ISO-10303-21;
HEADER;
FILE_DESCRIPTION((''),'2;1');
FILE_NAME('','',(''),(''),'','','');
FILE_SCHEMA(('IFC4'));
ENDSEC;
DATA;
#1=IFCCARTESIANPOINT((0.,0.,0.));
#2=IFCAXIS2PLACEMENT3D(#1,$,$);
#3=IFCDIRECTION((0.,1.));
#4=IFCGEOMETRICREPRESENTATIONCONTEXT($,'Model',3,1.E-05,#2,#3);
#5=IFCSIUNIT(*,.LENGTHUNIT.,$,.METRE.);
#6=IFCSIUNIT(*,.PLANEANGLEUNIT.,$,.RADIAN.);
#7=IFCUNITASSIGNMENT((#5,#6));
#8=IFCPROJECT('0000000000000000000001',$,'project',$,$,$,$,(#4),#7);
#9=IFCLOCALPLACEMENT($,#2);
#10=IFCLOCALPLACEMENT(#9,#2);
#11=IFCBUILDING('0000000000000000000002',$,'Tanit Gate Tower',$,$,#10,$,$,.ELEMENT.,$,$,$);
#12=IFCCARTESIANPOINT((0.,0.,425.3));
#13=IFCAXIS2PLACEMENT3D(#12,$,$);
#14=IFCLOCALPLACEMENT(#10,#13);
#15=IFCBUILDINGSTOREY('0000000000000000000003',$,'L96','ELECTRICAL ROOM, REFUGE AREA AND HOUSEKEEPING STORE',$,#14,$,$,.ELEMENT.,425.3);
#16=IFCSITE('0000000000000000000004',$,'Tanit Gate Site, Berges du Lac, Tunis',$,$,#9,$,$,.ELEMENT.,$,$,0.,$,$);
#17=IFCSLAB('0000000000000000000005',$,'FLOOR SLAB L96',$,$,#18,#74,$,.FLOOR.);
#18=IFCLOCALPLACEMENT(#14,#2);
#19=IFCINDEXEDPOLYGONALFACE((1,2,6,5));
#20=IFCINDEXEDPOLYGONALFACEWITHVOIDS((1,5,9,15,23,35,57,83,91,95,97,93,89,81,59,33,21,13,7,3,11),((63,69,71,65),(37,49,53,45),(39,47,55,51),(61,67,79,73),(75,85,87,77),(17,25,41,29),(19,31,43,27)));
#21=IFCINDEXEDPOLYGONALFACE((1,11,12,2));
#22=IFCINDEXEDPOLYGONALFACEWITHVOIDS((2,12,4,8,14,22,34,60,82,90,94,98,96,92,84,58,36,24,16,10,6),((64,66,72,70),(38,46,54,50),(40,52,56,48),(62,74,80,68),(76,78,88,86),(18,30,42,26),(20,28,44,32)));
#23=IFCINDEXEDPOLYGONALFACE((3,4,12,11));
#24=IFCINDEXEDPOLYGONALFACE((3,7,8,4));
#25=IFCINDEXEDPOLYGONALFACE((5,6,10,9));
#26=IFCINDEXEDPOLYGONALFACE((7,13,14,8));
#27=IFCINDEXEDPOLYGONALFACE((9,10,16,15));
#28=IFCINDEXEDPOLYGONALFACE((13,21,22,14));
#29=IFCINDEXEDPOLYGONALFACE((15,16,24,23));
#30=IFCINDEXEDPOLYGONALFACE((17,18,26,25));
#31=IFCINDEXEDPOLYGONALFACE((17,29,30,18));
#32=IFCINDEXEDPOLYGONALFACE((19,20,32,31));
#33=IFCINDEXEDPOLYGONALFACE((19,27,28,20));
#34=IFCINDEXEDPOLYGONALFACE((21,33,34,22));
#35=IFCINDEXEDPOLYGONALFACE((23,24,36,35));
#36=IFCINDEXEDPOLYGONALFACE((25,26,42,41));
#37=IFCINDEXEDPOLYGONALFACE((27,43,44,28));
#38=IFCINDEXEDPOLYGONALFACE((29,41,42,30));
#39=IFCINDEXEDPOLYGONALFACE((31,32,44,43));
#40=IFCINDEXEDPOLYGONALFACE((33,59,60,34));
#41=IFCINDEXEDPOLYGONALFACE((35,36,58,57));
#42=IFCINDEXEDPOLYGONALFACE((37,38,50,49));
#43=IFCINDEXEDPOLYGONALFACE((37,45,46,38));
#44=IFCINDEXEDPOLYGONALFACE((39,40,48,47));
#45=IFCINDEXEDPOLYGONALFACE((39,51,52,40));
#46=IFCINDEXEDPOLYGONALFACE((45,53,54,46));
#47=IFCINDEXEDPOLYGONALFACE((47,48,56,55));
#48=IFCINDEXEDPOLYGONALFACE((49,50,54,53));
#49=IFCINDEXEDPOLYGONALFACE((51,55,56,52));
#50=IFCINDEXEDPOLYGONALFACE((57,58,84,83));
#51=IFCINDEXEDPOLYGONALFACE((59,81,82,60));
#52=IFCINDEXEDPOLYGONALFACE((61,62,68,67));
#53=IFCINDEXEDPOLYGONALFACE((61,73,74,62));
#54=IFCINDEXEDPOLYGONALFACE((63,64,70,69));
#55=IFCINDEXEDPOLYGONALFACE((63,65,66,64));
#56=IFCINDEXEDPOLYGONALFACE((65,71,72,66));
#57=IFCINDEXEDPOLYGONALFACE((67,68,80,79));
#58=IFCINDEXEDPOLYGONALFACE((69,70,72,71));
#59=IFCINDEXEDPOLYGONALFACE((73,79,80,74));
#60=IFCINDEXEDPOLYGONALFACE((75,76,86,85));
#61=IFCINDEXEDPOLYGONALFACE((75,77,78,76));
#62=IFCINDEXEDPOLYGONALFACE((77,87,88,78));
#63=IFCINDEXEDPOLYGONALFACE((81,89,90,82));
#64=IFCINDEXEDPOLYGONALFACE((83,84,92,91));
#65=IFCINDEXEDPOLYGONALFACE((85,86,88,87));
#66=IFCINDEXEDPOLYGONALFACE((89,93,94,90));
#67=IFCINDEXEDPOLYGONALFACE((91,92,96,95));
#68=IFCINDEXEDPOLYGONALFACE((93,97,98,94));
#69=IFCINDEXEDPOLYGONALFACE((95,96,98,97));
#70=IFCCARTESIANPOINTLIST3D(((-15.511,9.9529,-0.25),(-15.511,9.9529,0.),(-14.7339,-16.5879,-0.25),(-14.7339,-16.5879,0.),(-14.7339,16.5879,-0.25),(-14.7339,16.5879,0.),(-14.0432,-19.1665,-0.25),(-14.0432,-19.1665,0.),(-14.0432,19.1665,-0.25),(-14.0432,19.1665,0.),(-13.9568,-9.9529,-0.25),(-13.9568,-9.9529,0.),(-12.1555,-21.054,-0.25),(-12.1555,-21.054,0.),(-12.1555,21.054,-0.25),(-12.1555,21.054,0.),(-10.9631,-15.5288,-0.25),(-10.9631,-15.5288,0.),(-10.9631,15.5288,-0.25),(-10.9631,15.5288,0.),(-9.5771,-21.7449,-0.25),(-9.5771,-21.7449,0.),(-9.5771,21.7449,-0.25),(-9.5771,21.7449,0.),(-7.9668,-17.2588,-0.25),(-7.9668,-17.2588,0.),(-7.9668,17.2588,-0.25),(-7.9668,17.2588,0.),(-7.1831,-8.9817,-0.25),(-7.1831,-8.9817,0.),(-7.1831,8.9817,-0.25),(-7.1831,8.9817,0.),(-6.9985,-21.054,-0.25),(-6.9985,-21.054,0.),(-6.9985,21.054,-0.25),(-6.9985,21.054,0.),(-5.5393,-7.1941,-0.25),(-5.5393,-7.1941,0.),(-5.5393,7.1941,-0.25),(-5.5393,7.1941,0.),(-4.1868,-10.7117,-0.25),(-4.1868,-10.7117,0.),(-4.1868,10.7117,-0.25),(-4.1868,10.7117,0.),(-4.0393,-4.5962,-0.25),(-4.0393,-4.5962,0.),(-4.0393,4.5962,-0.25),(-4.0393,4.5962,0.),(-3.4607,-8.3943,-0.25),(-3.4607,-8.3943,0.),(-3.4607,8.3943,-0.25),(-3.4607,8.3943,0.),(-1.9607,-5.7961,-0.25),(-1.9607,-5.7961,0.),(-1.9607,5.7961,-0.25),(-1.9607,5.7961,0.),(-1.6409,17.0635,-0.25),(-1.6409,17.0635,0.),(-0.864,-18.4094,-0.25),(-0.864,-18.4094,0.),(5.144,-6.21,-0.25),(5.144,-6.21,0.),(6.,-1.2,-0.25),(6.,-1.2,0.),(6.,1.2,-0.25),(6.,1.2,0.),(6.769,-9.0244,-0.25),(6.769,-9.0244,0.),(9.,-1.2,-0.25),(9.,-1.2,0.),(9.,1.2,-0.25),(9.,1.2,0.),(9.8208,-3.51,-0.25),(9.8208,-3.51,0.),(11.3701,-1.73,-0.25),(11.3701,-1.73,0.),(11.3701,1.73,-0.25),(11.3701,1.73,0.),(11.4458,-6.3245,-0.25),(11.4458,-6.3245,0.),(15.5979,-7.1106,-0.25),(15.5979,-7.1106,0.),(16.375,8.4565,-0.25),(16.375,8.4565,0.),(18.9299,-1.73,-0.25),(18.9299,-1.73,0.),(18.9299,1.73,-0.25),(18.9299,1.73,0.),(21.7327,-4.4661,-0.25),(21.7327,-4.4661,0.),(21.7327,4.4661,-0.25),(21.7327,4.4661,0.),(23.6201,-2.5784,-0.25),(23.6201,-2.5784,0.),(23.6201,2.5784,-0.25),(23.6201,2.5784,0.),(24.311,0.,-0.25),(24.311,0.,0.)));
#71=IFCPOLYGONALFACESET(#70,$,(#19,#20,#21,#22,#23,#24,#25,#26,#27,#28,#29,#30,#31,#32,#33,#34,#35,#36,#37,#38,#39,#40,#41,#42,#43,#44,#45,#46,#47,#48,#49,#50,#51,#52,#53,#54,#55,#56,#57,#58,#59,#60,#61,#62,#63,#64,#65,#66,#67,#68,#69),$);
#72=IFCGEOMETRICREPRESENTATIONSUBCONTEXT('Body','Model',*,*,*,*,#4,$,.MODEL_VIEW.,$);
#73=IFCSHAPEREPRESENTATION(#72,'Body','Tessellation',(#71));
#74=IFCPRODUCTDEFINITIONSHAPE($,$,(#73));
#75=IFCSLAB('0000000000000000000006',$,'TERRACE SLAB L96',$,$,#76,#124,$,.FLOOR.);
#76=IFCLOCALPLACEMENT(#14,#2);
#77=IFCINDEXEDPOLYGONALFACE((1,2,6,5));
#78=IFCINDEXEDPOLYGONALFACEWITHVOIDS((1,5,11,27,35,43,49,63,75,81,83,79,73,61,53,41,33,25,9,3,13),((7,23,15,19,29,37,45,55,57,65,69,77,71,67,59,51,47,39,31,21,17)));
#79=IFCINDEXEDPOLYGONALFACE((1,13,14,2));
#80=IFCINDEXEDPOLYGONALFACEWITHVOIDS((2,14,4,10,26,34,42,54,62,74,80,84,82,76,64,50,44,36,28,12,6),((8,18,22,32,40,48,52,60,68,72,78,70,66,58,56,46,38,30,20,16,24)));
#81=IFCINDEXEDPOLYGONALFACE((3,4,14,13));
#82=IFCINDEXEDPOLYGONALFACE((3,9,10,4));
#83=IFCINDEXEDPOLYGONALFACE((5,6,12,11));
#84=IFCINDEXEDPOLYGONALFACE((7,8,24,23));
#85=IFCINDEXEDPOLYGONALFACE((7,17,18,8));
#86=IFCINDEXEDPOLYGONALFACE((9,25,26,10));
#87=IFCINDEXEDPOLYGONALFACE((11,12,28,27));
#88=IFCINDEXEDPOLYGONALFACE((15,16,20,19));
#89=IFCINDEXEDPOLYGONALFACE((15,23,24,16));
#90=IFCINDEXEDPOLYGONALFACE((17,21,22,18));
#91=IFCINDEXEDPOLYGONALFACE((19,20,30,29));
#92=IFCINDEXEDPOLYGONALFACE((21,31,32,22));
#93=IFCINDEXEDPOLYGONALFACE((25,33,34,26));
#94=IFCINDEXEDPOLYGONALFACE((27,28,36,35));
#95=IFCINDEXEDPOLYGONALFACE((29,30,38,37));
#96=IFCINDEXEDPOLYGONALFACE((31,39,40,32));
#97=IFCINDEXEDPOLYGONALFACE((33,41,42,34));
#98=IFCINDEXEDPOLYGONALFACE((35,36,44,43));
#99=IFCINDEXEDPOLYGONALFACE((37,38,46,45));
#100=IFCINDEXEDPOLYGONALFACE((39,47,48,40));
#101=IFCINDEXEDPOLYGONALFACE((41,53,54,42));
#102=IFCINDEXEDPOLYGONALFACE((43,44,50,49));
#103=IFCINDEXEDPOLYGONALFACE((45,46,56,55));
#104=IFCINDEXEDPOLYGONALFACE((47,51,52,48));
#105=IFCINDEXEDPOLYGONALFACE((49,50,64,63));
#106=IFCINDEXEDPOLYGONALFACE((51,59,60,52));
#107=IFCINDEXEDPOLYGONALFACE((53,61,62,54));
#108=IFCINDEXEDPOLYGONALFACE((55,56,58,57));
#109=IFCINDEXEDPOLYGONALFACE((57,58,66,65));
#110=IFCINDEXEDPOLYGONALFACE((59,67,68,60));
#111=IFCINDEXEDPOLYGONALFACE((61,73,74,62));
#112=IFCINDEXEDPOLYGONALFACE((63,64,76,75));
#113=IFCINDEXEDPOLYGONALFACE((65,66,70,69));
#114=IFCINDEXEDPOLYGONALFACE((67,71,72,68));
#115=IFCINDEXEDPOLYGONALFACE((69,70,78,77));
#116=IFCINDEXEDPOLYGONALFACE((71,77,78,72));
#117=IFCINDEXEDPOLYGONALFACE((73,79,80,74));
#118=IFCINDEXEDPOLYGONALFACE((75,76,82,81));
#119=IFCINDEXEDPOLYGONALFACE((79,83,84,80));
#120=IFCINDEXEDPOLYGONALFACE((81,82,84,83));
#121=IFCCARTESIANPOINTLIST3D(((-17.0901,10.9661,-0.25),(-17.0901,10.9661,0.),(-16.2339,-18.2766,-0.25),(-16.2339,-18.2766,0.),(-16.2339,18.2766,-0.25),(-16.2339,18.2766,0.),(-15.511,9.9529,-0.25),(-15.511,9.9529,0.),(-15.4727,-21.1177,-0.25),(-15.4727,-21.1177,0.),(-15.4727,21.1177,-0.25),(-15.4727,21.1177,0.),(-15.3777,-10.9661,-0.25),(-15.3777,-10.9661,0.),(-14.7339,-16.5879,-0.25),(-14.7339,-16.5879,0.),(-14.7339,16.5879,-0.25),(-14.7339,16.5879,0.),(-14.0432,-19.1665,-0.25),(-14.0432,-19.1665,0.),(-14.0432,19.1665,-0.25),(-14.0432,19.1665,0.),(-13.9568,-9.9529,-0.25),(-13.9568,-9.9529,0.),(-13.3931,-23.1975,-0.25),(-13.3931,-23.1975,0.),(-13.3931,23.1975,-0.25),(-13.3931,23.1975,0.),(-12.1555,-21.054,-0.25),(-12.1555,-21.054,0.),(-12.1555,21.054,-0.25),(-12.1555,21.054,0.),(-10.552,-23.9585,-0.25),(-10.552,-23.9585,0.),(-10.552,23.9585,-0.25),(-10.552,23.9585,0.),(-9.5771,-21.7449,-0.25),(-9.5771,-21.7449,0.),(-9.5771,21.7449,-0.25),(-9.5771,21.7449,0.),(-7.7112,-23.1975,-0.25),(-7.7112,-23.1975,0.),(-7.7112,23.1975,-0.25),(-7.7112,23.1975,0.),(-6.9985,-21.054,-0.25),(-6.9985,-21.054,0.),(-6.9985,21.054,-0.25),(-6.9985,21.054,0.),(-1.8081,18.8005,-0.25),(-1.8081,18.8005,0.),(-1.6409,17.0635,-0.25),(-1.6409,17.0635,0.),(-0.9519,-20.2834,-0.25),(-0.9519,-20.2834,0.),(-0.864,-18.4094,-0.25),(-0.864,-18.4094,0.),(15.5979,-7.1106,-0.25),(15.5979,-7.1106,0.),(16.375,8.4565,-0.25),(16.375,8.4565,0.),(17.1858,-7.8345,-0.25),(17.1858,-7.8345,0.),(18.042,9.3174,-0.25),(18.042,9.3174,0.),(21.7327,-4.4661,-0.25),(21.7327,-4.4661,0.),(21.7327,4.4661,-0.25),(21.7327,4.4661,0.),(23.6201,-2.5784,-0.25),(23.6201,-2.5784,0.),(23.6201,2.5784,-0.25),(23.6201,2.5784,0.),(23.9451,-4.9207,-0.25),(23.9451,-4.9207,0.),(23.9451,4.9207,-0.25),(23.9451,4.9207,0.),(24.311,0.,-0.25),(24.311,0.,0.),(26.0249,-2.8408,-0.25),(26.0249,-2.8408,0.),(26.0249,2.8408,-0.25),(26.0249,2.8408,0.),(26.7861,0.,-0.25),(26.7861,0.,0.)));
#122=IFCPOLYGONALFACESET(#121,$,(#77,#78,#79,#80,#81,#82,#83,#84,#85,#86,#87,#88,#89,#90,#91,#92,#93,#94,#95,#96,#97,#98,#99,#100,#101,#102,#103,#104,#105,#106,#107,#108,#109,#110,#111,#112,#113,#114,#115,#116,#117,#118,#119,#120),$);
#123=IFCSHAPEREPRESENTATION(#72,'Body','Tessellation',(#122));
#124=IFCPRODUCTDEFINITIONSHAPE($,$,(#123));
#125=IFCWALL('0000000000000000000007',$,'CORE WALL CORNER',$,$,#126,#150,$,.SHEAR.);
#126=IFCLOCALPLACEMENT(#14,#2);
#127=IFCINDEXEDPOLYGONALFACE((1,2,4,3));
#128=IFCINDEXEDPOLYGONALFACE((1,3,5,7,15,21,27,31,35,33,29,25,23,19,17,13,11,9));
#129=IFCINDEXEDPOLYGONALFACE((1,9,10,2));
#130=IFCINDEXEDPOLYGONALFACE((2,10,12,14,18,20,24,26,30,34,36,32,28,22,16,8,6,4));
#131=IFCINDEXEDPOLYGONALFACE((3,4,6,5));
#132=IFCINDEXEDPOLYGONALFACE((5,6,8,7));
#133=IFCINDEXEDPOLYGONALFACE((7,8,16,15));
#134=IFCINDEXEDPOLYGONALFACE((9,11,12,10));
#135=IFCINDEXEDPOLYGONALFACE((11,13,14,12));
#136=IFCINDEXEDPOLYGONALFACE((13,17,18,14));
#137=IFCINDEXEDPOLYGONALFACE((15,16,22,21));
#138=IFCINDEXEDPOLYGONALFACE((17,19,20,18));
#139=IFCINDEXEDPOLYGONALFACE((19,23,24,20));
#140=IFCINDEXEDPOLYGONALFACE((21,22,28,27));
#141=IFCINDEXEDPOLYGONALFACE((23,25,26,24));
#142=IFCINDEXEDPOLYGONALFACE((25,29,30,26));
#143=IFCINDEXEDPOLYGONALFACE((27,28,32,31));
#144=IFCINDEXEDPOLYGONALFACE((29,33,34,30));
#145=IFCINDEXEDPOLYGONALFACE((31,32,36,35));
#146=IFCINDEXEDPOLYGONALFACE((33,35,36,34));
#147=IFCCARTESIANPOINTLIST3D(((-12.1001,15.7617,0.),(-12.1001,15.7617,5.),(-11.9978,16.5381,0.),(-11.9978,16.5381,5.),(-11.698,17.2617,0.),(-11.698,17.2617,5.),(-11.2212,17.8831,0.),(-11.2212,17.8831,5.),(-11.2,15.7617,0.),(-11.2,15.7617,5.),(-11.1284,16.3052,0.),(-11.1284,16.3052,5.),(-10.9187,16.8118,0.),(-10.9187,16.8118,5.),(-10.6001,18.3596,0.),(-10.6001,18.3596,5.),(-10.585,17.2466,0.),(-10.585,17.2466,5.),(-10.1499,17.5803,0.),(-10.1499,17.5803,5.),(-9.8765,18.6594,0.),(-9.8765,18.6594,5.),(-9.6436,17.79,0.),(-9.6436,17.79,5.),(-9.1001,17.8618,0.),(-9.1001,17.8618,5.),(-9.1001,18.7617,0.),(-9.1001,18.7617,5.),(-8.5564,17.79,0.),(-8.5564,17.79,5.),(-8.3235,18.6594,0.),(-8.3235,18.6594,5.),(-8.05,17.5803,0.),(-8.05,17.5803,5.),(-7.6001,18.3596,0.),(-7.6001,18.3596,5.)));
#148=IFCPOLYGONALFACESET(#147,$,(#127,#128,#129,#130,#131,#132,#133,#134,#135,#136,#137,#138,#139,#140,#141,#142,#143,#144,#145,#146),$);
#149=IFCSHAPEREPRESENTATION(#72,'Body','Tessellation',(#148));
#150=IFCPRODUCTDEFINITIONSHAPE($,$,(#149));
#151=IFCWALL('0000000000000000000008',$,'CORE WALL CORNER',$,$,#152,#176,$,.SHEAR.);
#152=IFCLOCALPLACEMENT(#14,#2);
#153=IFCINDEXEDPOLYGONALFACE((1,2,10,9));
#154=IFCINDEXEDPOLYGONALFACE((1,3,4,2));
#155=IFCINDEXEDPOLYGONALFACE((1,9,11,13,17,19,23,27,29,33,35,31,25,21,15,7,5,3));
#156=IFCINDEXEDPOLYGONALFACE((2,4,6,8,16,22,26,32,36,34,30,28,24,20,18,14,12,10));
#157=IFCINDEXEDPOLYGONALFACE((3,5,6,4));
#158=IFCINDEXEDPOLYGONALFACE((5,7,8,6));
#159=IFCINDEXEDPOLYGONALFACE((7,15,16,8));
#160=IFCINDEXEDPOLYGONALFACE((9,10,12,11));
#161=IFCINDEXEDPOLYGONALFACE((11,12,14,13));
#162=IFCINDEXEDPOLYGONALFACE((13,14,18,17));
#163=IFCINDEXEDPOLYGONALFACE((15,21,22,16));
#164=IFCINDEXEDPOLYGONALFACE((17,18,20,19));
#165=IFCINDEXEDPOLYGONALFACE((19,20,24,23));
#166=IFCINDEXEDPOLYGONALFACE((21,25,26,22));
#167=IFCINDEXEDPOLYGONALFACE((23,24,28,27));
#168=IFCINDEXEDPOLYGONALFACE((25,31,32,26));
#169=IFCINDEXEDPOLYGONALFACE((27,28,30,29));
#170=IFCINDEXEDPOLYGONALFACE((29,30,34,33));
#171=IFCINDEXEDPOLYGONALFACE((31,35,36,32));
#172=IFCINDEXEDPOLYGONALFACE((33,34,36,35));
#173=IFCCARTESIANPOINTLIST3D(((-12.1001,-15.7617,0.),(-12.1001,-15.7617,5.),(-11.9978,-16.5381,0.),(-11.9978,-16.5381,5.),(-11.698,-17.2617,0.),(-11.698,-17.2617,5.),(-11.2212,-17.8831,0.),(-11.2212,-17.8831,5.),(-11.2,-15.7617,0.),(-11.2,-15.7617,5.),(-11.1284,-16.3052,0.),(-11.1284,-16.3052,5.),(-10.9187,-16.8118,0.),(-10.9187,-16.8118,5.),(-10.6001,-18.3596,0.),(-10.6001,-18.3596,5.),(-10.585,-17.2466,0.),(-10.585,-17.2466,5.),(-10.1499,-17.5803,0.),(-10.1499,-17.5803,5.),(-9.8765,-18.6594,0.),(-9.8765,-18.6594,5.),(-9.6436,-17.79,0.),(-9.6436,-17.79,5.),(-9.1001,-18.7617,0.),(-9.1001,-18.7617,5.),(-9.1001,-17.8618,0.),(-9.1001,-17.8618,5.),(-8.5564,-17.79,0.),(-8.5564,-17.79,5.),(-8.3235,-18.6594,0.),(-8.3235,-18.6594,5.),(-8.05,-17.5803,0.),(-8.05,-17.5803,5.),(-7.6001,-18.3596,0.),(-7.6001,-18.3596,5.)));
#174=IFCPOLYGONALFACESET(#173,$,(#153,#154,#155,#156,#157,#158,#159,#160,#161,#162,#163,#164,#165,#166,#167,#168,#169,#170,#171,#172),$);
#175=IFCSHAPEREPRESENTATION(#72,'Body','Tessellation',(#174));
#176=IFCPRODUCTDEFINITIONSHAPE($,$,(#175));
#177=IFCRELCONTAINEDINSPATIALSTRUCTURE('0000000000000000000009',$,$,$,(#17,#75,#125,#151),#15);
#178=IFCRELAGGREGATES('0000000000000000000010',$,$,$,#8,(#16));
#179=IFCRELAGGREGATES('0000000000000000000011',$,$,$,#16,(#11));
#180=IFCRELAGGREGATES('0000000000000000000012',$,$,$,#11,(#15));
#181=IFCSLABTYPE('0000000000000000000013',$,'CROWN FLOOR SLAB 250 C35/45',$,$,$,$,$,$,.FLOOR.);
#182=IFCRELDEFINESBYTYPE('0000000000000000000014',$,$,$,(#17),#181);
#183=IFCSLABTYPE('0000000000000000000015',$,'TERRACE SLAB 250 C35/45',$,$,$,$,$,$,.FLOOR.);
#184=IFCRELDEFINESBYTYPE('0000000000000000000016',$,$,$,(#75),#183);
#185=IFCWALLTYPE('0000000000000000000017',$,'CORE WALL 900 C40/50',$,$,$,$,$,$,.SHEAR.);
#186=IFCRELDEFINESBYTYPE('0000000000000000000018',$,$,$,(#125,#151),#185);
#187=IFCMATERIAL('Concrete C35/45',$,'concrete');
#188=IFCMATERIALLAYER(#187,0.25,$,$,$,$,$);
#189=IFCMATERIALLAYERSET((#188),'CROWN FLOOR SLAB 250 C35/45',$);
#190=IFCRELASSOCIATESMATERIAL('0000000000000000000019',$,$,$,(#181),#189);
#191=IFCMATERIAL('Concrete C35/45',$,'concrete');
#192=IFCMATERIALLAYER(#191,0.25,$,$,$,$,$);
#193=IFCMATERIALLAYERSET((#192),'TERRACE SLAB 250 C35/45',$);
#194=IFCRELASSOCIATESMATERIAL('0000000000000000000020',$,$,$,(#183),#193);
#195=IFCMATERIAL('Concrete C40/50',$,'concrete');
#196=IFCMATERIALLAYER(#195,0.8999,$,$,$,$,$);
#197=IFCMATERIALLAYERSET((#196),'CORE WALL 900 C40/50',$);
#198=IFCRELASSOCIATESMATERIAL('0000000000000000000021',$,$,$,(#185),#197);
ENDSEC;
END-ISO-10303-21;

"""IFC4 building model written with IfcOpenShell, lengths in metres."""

from ifc_helpers import new_model, si_unit, direction, frame, origin, place, context, subcontext, project, spatial, polyline, outline, extrude, material, layer, layer_set, type_object, element, save


model = new_model("IFC4")

# Units and contexts
model_context = context("Model", 3, precision=1e-05, world=origin(), true_north=direction((0.0, 1.0)))
body_context = subcontext(model_context, "Body", "Model", "MODEL_VIEW")
ifc_project = project(units=[si_unit("LENGTHUNIT", "METRE"), si_unit("PLANEANGLEUNIT", "RADIAN")], contexts=[model_context])

# Site, building, storey
site_placement = place(None, origin())
site = spatial("IfcSite", under=ifc_project, at=site_placement, Name="Tanit Gate Site, Berges du Lac, Tunis", CompositionType="ELEMENT", RefElevation=0.0)
building_placement = place(site_placement, origin())
building = spatial("IfcBuilding", under=site, at=building_placement, Name="Tanit Gate Tower", CompositionType="ELEMENT")
storey_placement = place(building_placement, frame((0.0, 0.0, 425.3)))
storey = spatial("IfcBuildingStorey", under=building, at=storey_placement, Name="L96", Description="ELECTRICAL ROOM, REFUGE AREA AND HOUSEKEEPING STORE", CompositionType="ELEMENT", Elevation=425.3)

# Slabs
ifc_material_1 = material(Name="Concrete C35/45", Category="concrete")
ifc_layer_1 = layer(ifc_material_1, 0.25)
ifc_layer_set_1 = layer_set([ifc_layer_1], Name="CROWN FLOOR SLAB 250 C35/45")
slab_type_1 = type_object("IfcSlabType", Name="CROWN FLOOR SLAB 250 C35/45", PredefinedType="FLOOR", material=ifc_layer_set_1)
slab_1_placement = place(storey_placement, frame((0.0, 0.0, -0.25)))
element("IfcSlab", 1, at=slab_1_placement, inside=storey, type_object=slab_type_1, Name="FLOOR SLAB L96", PredefinedType="FLOOR", context=body_context, shape_type="SweptSolid", body=[
    extrude(outline(polyline([(21.7327, 4.4661), (23.6201, 2.5784), (24.311, 0.0), (23.6201, -2.5784), (21.7327, -4.4661), (15.5979, -7.1106), (-0.864, -18.4094), (-6.9985, -21.054), (-9.5771, -21.7449), (-12.1555, -21.054), (-14.0432, -19.1665), (-14.7339, -16.5879), (-13.9568, -9.9529), (-15.511, 9.9529), (-14.7339, 16.5879), (-14.0432, 19.1665), (-12.1555, 21.054), (-9.5771, 21.7449), (-6.9985, 21.054), (-1.6409, 17.0635), (16.375, 8.4565), (21.7327, 4.4661)]), holes=[polyline([(11.3701, -1.73), (11.3701, 1.73), (18.9299, 1.73), (18.9299, -1.73), (11.3701, -1.73)]), polyline([(9.8208, -3.51), (11.4458, -6.3245), (6.769, -9.0244), (5.144, -6.21), (9.8208, -3.51)]), polyline([(6.0, -1.2), (6.0, 1.2), (9.0, 1.2), (9.0, -1.2), (6.0, -1.2)]), polyline([(-1.9607, 5.7961), (-4.0393, 4.5962), (-5.5393, 7.1941), (-3.4607, 8.3943), (-1.9607, 5.7961)]), polyline([(-4.0393, -4.5962), (-1.9607, -5.7961), (-3.4607, -8.3943), (-5.5393, -7.1941), (-4.0393, -4.5962)]), polyline([(-4.1868, 10.7117), (-7.1831, 8.9817), (-10.9631, 15.5288), (-7.9668, 17.2588), (-4.1868, 10.7117)]), polyline([(-7.1831, -8.9817), (-4.1868, -10.7117), (-7.9668, -17.2588), (-10.9631, -15.5288), (-7.1831, -8.9817)])]), origin(), (0.0, 0.0, 1.0), 0.25),
])
ifc_material_2 = material(Name="Concrete C35/45", Category="concrete")
ifc_layer_2 = layer(ifc_material_2, 0.25)
ifc_layer_set_2 = layer_set([ifc_layer_2], Name="TERRACE SLAB 250 C35/45")
slab_type_2 = type_object("IfcSlabType", Name="TERRACE SLAB 250 C35/45", PredefinedType="FLOOR", material=ifc_layer_set_2)
slab_2_placement = place(storey_placement, frame((0.0, 0.0, -0.25)))
element("IfcSlab", 2, at=slab_2_placement, inside=storey, type_object=slab_type_2, Name="TERRACE SLAB L96", PredefinedType="FLOOR", context=body_context, shape_type="SweptSolid", body=[
    extrude(outline(polyline([(26.0249, 2.8408), (26.7861, 0.0), (26.0249, -2.8408), (23.9451, -4.9207), (17.1858, -7.8345), (-0.9519, -20.2834), (-7.7112, -23.1975), (-10.552, -23.9585), (-13.3931, -23.1975), (-15.4727, -21.1177), (-16.2339, -18.2766), (-15.3777, -10.9661), (-17.0901, 10.9661), (-16.2339, 18.2766), (-15.4727, 21.1177), (-13.3931, 23.1975), (-10.552, 23.9585), (-7.7112, 23.1975), (-1.8081, 18.8005), (18.042, 9.3174), (23.9451, 4.9207), (26.0249, 2.8408)]), holes=[polyline([(16.375, 8.4565), (-1.6409, 17.0635), (-6.9985, 21.054), (-9.5771, 21.7449), (-12.1555, 21.054), (-14.0432, 19.1665), (-14.7339, 16.5879), (-15.511, 9.9529), (-13.9568, -9.9529), (-14.7339, -16.5879), (-14.0432, -19.1665), (-12.1555, -21.054), (-9.5771, -21.7449), (-6.9985, -21.054), (-0.864, -18.4094), (15.5979, -7.1106), (21.7327, -4.4661), (23.6201, -2.5784), (24.311, 0.0), (23.6201, 2.5784), (21.7327, 4.4661), (16.375, 8.4565)])]), origin(), (0.0, 0.0, 1.0), 0.25),
])

# Walls
ifc_material_3 = material(Name="Concrete C40/50", Category="concrete")
ifc_layer_3 = layer(ifc_material_3, 0.8999)
ifc_layer_set_3 = layer_set([ifc_layer_3], Name="CORE WALL 900 C40/50")
wall_type_1 = type_object("IfcWallType", Name="CORE WALL 900 C40/50", PredefinedType="SHEAR", material=ifc_layer_set_3)
wall_1_placement = place(storey_placement, origin())
element("IfcWall", 3, at=wall_1_placement, inside=storey, type_object=wall_type_1, Name="CORE WALL CORNER", PredefinedType="SHEAR", context=body_context, shape_type="SweptSolid", body=[
    extrude(outline(polyline([(-7.6001, 18.3596), (-8.3235, 18.6594), (-9.1001, 18.7617), (-9.8765, 18.6594), (-10.6001, 18.3596), (-11.2212, 17.8831), (-11.698, 17.2617), (-11.9978, 16.5381), (-12.1001, 15.7617), (-11.2, 15.7617), (-11.1284, 16.3052), (-10.9187, 16.8118), (-10.585, 17.2466), (-10.1499, 17.5803), (-9.6436, 17.79), (-9.1001, 17.8618), (-8.5564, 17.79), (-8.05, 17.5803), (-7.6001, 18.3596)])), origin(), (0.0, 0.0, 1.0), 5.0),
])
wall_2_placement = place(storey_placement, origin())
element("IfcWall", 4, at=wall_2_placement, inside=storey, type_object=wall_type_1, Name="CORE WALL CORNER", PredefinedType="SHEAR", context=body_context, shape_type="SweptSolid", body=[
    extrude(outline(polyline([(-12.1001, -15.7617), (-11.9978, -16.5381), (-11.698, -17.2617), (-11.2212, -17.8831), (-10.6001, -18.3596), (-9.8765, -18.6594), (-9.1001, -18.7617), (-8.3235, -18.6594), (-7.6001, -18.3596), (-8.05, -17.5803), (-8.5564, -17.79), (-9.1001, -17.8618), (-9.6436, -17.79), (-10.1499, -17.5803), (-10.585, -17.2466), (-10.9187, -16.8118), (-11.1284, -16.3052), (-11.2, -15.7617), (-12.1001, -15.7617)])), origin(), (0.0, 0.0, 1.0), 5.0),
])

save(model, "model.ifc")
